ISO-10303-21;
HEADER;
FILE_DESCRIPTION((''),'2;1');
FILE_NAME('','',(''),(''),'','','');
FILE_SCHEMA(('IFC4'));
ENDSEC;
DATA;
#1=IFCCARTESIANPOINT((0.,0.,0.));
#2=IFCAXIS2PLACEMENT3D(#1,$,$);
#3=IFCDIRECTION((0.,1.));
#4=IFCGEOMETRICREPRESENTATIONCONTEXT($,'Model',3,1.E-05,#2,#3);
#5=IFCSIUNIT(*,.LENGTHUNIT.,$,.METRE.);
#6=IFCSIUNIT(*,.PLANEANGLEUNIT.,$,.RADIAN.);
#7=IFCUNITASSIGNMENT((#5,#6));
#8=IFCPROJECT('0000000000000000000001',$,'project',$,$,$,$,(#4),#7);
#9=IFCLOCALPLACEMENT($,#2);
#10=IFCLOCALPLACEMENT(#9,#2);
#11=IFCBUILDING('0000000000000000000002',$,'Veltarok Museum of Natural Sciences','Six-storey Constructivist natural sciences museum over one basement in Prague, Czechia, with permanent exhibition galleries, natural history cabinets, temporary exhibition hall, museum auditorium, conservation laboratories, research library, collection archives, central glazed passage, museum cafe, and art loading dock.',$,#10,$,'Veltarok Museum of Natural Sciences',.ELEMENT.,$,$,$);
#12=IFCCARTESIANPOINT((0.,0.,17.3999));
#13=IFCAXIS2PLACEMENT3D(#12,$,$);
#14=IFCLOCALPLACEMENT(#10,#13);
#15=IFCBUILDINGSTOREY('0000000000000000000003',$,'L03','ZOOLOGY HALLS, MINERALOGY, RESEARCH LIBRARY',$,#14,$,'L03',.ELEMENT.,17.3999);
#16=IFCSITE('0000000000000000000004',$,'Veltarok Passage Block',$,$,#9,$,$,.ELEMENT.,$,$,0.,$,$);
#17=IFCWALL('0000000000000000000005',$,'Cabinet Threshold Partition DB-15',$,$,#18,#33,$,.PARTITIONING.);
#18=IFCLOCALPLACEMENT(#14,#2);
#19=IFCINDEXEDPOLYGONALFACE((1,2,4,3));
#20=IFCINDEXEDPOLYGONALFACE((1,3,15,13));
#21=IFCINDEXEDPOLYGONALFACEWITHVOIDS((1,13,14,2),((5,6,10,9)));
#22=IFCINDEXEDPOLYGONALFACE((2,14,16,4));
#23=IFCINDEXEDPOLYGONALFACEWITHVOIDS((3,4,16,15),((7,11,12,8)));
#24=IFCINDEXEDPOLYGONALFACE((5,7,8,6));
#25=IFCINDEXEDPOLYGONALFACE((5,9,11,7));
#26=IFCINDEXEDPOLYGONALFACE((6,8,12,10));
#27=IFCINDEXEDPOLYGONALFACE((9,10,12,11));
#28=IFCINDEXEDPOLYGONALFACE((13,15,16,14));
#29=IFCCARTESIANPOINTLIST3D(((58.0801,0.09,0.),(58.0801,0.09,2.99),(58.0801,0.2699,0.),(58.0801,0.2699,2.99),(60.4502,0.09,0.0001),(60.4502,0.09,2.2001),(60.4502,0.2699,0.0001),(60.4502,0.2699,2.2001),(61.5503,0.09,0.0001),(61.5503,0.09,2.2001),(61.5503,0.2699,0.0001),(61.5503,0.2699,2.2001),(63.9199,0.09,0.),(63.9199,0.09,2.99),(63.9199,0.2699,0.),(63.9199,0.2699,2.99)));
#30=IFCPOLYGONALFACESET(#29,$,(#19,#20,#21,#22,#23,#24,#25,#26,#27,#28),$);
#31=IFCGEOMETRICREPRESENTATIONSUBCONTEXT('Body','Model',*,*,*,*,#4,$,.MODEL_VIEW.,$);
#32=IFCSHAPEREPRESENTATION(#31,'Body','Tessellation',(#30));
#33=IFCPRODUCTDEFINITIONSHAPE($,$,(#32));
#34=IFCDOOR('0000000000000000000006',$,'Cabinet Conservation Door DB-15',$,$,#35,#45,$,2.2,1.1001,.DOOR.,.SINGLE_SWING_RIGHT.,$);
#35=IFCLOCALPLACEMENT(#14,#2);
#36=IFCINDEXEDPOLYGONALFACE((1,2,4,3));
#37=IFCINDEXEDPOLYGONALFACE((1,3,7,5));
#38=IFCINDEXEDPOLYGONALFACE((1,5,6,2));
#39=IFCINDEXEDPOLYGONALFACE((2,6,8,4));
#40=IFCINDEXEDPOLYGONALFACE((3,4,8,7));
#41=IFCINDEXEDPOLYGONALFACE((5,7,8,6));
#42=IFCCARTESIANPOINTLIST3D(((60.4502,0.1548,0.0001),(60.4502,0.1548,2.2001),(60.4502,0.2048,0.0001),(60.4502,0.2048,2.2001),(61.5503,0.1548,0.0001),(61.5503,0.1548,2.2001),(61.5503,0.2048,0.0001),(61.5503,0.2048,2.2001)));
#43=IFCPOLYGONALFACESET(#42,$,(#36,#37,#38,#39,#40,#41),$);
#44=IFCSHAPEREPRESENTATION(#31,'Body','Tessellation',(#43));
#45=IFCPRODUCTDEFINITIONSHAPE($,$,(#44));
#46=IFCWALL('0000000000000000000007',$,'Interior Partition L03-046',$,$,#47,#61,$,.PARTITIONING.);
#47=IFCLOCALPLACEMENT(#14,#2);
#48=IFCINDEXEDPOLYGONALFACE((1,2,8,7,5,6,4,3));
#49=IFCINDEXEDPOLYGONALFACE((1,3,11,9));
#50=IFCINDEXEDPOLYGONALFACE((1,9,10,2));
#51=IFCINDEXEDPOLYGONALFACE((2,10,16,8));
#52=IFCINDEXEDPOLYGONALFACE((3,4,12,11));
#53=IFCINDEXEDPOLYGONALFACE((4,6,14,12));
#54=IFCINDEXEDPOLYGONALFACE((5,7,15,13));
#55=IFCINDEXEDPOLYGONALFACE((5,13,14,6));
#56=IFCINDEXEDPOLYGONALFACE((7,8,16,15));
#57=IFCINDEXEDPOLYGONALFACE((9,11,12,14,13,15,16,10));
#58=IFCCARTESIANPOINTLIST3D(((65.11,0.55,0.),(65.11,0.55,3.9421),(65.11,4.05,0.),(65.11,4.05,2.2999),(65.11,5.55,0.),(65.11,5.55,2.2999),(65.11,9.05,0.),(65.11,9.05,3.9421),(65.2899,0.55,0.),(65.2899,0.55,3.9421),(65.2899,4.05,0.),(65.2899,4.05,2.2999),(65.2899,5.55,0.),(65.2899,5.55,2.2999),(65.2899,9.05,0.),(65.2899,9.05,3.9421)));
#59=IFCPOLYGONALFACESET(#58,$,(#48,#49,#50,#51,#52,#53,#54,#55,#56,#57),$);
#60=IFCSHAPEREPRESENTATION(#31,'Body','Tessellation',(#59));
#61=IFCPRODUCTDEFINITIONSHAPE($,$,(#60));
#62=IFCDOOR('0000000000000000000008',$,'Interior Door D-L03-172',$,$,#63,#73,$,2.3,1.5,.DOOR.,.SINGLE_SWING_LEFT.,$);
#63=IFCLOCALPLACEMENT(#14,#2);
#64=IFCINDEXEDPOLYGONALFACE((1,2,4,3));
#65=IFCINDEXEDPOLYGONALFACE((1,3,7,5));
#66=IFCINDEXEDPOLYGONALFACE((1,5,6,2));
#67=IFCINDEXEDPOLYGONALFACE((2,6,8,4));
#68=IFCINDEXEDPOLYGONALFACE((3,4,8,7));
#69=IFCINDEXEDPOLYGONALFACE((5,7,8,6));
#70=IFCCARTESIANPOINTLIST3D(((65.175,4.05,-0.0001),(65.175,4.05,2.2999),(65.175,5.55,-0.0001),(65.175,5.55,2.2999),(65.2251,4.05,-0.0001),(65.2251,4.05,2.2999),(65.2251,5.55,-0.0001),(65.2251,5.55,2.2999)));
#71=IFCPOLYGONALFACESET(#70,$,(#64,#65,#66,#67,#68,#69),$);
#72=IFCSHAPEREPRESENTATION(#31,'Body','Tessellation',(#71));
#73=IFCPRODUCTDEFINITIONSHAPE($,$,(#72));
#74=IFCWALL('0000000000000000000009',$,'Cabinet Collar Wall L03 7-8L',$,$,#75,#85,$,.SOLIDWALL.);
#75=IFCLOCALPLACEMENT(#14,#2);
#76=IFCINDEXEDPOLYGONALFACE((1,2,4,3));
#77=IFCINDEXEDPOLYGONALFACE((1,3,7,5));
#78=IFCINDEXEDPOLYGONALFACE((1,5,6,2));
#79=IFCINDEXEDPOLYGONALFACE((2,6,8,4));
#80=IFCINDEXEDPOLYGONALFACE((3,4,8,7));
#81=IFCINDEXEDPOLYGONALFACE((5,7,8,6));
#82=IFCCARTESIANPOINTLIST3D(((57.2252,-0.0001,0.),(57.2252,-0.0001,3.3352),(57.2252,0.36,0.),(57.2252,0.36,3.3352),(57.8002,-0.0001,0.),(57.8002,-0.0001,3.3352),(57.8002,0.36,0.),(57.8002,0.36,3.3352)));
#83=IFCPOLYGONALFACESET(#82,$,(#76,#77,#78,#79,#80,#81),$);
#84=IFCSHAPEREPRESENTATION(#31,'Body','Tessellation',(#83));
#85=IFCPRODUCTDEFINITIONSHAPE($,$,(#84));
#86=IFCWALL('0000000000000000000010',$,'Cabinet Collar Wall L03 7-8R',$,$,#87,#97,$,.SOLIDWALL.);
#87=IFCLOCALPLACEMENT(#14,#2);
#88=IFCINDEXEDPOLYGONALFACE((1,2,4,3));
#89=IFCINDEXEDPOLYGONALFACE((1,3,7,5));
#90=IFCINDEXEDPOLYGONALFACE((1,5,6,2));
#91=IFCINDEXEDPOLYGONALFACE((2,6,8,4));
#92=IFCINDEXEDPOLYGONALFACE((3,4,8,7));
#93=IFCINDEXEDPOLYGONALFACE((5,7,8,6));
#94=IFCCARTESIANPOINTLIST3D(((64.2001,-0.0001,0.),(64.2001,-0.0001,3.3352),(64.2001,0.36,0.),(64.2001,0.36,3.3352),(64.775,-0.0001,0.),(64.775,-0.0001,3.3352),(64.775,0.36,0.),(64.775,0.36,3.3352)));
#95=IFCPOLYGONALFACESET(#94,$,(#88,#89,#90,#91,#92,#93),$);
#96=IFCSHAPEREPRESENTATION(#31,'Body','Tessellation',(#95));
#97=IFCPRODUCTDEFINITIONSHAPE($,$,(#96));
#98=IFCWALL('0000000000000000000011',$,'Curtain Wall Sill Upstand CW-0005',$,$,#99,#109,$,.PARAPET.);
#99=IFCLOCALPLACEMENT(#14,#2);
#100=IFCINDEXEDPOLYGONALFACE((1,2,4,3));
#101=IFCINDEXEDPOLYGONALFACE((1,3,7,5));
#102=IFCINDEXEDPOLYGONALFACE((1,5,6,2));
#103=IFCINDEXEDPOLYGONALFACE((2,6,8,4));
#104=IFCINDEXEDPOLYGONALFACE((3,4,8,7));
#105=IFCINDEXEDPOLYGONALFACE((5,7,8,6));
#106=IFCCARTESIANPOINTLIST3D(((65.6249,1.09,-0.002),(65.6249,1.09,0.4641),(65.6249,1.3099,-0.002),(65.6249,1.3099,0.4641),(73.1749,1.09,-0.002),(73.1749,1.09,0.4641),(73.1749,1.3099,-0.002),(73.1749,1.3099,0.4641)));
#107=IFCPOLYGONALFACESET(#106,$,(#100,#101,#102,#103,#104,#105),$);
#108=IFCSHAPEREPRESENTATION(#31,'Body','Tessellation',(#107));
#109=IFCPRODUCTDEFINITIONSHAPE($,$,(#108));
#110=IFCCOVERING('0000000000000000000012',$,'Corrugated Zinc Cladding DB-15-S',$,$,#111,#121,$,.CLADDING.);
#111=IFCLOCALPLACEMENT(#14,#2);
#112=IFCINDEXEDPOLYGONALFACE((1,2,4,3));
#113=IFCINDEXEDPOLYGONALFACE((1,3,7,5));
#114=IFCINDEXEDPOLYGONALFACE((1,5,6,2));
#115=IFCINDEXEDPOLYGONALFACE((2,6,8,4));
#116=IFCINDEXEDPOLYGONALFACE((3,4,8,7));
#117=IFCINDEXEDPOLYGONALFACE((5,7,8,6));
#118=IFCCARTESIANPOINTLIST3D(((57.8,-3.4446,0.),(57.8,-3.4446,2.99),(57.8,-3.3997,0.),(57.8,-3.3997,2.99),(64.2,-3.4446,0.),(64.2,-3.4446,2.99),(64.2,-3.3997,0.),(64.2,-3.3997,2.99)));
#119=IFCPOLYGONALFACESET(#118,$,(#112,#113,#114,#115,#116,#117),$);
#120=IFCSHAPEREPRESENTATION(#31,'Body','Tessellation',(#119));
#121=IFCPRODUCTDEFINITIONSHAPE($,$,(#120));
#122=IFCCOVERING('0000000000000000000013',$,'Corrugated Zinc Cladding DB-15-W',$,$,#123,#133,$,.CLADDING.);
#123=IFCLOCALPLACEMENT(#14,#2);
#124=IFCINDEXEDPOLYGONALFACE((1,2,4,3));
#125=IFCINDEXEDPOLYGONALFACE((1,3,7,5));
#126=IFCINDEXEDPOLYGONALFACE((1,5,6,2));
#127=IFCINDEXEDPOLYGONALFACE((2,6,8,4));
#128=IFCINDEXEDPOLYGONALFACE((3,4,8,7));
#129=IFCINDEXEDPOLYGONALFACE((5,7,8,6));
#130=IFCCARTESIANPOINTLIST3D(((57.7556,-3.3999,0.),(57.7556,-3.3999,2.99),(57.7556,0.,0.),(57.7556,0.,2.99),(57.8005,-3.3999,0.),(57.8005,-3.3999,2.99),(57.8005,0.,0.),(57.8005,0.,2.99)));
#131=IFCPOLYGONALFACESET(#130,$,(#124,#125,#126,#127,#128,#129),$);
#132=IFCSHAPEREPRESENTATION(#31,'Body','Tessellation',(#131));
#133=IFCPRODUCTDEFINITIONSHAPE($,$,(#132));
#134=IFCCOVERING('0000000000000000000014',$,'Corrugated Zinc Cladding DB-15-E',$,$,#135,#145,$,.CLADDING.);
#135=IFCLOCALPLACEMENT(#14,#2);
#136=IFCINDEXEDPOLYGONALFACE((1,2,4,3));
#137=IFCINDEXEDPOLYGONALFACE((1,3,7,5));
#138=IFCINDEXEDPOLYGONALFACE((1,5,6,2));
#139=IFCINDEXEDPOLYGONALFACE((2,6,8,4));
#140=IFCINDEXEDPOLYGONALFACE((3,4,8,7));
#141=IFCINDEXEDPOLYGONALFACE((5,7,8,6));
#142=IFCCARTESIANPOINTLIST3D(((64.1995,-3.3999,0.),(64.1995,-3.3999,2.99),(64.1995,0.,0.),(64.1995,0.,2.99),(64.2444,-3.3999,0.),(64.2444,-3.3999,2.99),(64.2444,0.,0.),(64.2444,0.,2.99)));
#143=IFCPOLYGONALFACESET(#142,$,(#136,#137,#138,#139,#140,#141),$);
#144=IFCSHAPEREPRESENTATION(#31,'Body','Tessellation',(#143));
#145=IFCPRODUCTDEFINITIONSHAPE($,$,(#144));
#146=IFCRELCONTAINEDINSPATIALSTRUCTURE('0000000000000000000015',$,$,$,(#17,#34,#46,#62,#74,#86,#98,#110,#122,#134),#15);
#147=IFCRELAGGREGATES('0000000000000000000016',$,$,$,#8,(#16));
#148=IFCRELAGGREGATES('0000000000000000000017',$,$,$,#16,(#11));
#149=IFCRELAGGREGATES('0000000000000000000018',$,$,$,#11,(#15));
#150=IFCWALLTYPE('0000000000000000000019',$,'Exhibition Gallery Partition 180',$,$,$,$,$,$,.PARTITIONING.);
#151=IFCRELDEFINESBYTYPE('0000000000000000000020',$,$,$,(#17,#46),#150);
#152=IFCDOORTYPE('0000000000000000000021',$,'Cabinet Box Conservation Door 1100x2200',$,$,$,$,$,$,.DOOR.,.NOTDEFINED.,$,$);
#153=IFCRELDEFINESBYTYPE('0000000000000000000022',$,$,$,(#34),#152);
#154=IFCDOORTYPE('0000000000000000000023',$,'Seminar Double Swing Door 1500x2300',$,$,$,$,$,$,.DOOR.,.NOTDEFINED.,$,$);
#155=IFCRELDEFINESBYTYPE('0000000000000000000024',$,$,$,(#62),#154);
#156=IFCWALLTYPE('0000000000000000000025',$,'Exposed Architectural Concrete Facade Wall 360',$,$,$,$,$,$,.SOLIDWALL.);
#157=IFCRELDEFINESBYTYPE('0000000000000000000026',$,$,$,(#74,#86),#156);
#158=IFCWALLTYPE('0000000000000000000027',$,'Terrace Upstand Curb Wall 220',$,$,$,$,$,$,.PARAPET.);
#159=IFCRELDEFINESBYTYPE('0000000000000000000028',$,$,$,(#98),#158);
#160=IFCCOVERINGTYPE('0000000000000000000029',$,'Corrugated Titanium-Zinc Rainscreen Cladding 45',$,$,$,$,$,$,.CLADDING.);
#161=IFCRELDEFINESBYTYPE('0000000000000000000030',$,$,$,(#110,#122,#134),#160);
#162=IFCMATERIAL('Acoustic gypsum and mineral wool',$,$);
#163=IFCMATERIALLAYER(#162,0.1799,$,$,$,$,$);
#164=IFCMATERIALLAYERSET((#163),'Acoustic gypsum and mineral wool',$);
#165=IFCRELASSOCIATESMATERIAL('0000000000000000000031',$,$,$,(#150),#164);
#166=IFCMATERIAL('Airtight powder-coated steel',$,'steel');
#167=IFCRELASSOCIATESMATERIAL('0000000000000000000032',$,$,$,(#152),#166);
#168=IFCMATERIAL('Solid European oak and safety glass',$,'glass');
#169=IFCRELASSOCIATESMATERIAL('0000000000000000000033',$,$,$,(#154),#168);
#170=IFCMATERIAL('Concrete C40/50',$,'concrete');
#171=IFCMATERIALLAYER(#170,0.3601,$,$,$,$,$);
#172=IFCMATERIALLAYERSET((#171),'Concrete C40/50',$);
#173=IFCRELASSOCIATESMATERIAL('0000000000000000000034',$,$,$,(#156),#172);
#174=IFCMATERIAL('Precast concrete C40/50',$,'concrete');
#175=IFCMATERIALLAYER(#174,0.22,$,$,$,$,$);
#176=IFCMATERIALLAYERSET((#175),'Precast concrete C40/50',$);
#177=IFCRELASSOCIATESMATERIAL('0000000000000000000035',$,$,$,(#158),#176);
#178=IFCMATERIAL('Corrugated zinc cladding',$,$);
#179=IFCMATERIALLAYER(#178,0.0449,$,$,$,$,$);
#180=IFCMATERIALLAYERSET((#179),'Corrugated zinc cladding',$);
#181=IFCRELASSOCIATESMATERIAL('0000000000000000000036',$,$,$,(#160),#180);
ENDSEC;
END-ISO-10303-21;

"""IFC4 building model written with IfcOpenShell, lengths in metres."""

from ifc_helpers import new_model, si_unit, direction, frame, frame_2d, origin, place, context, subcontext, project, spatial, rectangle, extrude, material, layer, layer_set, type_object, element, fill, save


model = new_model("IFC4")

# Units and contexts
model_context = context("Model", 3, precision=1e-05, world=origin(), true_north=direction((0.0, 1.0)))
body_context = subcontext(model_context, "Body", "Model", "MODEL_VIEW")
ifc_project = project(units=[si_unit("LENGTHUNIT", "METRE"), si_unit("PLANEANGLEUNIT", "RADIAN")], contexts=[model_context])

# Site, building, storey
site_placement = place(None, origin())
site = spatial("IfcSite", under=ifc_project, at=site_placement, Name="Veltarok Passage Block", CompositionType="ELEMENT", RefElevation=0.0)
building_placement = place(site_placement, origin())
building = spatial("IfcBuilding", under=site, at=building_placement, Name="Veltarok Museum of Natural Sciences", Description="Six-storey Constructivist natural sciences museum over one basement in Prague, Czechia, with permanent exhibition galleries, natural history cabinets, temporary exhibition hall, museum auditorium, conservation laboratories, research library, collection archives, central glazed passage, museum cafe, and art loading dock.", LongName="Veltarok Museum of Natural Sciences", CompositionType="ELEMENT")
storey_placement = place(building_placement, frame((0.0, 0.0, 17.3999)))
storey = spatial("IfcBuildingStorey", under=building, at=storey_placement, Name="L03", Description="ZOOLOGY HALLS, MINERALOGY, RESEARCH LIBRARY", LongName="L03", CompositionType="ELEMENT", Elevation=17.3999)

# Shared definitions
ifc_material_1 = material(Name="Concrete C40/50", Category="concrete")

# Shared definitions
ifc_material_2 = material(Name="Precast concrete C40/50", Category="concrete")

# Walls, openings, doors
ifc_material_3 = material(Name="Acoustic gypsum and mineral wool")
ifc_layer_1 = layer(ifc_material_3, 0.1799)
ifc_layer_set_1 = layer_set([ifc_layer_1], Name="Acoustic gypsum and mineral wool")
wall_type_1 = type_object("IfcWallType", Name="Exhibition Gallery Partition 180", PredefinedType="PARTITIONING", material=ifc_layer_set_1)
wall_1_placement = place(storey_placement, frame((58.0801, 0.1799, 0.0), z_axis=(0.0, 0.0, 1.0), x_axis=(1.0, 0.0, 0.0)))
wall_1 = element("IfcWall", 1, at=wall_1_placement, inside=storey, type_object=wall_type_1, Name="Cabinet Threshold Partition DB-15", PredefinedType="PARTITIONING", context=body_context, shape_type="SweptSolid", body=[
    extrude(rectangle(XDim=5.8398, YDim=0.1799, at=frame_2d((2.9199, 0.0))), origin(), (0.0, 0.0, 1.0), 2.99),
])
opening_1_placement = place(wall_1_placement, frame((2.3701, 0.0, 0.0)))
opening_1 = element("IfcOpeningElement", 2, at=opening_1_placement, cuts=wall_1, PredefinedType="OPENING", context=body_context, shape_type="SweptSolid", body=[
    extrude(rectangle(XDim=1.1001, YDim=2.2, at=frame_2d((0.55, 1.1001))), frame((0.0, 0.1001, 0.0), z_axis=(0.0, -1.0, 0.0), x_axis=(1.0, 0.0, 0.0)), (0.0, 0.0, 1.0), 0.2),
])
ifc_material_4 = material(Name="Airtight powder-coated steel", Category="steel")
door_type_1 = type_object("IfcDoorType", Name="Cabinet Box Conservation Door 1100x2200", OperationType="NOTDEFINED", PredefinedType="DOOR", material=ifc_material_4)
door_1_placement = place(opening_1_placement, origin())
door_1 = element("IfcDoor", 3, at=door_1_placement, inside=storey, type_object=door_type_1, Name="Cabinet Conservation Door DB-15", OperationType="SINGLE_SWING_RIGHT", OverallHeight=2.2, OverallWidth=1.1001, PredefinedType="DOOR", context=body_context, shape_type="SweptSolid", body=[
    extrude(rectangle(XDim=1.1001, YDim=2.2, at=frame_2d((0.55, 1.1001))), frame((0.0, 0.0249, 0.0), z_axis=(0.0, -1.0, 0.0), x_axis=(1.0, 0.0, 0.0)), (0.0, 0.0, 1.0), 0.05),
])
fill(opening_1, door_1)
wall_2_placement = place(storey_placement, frame((65.2, 0.55, 0.0), z_axis=(0.0, 0.0, 1.0), x_axis=(0.0, 1.0, 0.0)))
wall_2 = element("IfcWall", 4, at=wall_2_placement, inside=storey, type_object=wall_type_1, Name="Interior Partition L03-046", PredefinedType="PARTITIONING", context=body_context, shape_type="SweptSolid", body=[
    extrude(rectangle(XDim=8.5, YDim=0.1799, at=frame_2d((4.25, 0.0))), origin(), (0.0, 0.0, 1.0), 3.9421),
])
opening_2_placement = place(wall_2_placement, frame((3.5, 0.0, 0.0)))
opening_2 = element("IfcOpeningElement", 5, at=opening_2_placement, cuts=wall_2, PredefinedType="OPENING", context=body_context, shape_type="SweptSolid", body=[
    extrude(rectangle(XDim=1.5, YDim=2.3, at=frame_2d((0.75, 1.1499))), frame((0.0, 0.1001, 0.0), z_axis=(0.0, -1.0, 0.0), x_axis=(1.0, 0.0, 0.0)), (0.0, 0.0, 1.0), 0.2),
])
ifc_material_5 = material(Name="Solid European oak and safety glass", Category="glass")
door_type_2 = type_object("IfcDoorType", Name="Seminar Double Swing Door 1500x2300", OperationType="NOTDEFINED", PredefinedType="DOOR", material=ifc_material_5)
door_2_placement = place(opening_2_placement, origin())
door_2 = element("IfcDoor", 6, at=door_2_placement, inside=storey, type_object=door_type_2, Name="Interior Door D-L03-172", OperationType="SINGLE_SWING_LEFT", OverallHeight=2.3, OverallWidth=1.5, PredefinedType="DOOR", context=body_context, shape_type="SweptSolid", body=[
    extrude(rectangle(XDim=1.5, YDim=2.3, at=frame_2d((0.75, 1.1499))), frame((0.0, 0.0249, 0.0), z_axis=(0.0, -1.0, 0.0), x_axis=(1.0, 0.0, 0.0)), (0.0, 0.0, 1.0), 0.05),
])
fill(opening_2, door_2)

# Walls
ifc_layer_2 = layer(ifc_material_1, 0.3601)
ifc_layer_set_2 = layer_set([ifc_layer_2], Name="Concrete C40/50")
wall_type_2 = type_object("IfcWallType", Name="Exposed Architectural Concrete Facade Wall 360", PredefinedType="SOLIDWALL", material=ifc_layer_set_2)
for number, where, z_axis, x_axis, name in (
    (7, (57.2251, 0.1799, 0.0), (0.0, 0.0, 1.0), (1.0, 0.0, 0.0), "Cabinet Collar Wall L03 7-8L"),
    (8, (64.2, 0.1799, 0.0), (0.0, 0.0, 1.0), (1.0, 0.0, 0.0), "Cabinet Collar Wall L03 7-8R"),
):
    element("IfcWall", number, at=place(storey_placement, frame(where, z_axis=z_axis, x_axis=x_axis)), inside=storey, type_object=wall_type_2, Name=name, PredefinedType="SOLIDWALL", context=body_context, shape_type="SweptSolid", body=[
        extrude(rectangle(XDim=0.575, YDim=0.3601, at=frame_2d((0.2876, 0.0))), origin(), (0.0, 0.0, 1.0), 3.3352),
    ])
ifc_layer_3 = layer(ifc_material_2, 0.22)
ifc_layer_set_3 = layer_set([ifc_layer_3], Name="Precast concrete C40/50")
wall_type_3 = type_object("IfcWallType", Name="Terrace Upstand Curb Wall 220", PredefinedType="PARAPET", material=ifc_layer_set_3)
wall_3_placement = place(storey_placement, frame((65.625, 1.2, -0.002), z_axis=(0.0, 0.0, 1.0), x_axis=(1.0, 0.0, 0.0)))
element("IfcWall", 9, at=wall_3_placement, inside=storey, type_object=wall_type_3, Name="Curtain Wall Sill Upstand CW-0005", PredefinedType="PARAPET", context=body_context, shape_type="SweptSolid", body=[
    extrude(rectangle(XDim=7.55, YDim=0.22, at=frame_2d((3.7749, 0.0))), origin(), (0.0, 0.0, 1.0), 0.4661),
])

# Coverings
ifc_material_6 = material(Name="Corrugated zinc cladding")
ifc_layer_4 = layer(ifc_material_6, 0.0449)
ifc_layer_set_4 = layer_set([ifc_layer_4], Name="Corrugated zinc cladding")
covering_type = type_object("IfcCoveringType", Name="Corrugated Titanium-Zinc Rainscreen Cladding 45", PredefinedType="CLADDING", material=ifc_layer_set_4)
covering_placement = place(storey_placement, frame((57.8, -3.4221, 0.0), z_axis=(0.0, 0.0, 1.0), x_axis=(1.0, 0.0, 0.0)))
element("IfcCovering", 10, at=covering_placement, inside=storey, type_object=covering_type, Name="Corrugated Zinc Cladding DB-15-S", PredefinedType="CLADDING", context=body_context, shape_type="SweptSolid", body=[
    extrude(rectangle(XDim=6.3999, YDim=0.0449, at=frame_2d((3.2, 0.0))), origin(), (0.0, 0.0, 1.0), 2.99),
])
for number, where, z_axis, x_axis, name in (
    (11, (57.7781, 0.0, 0.0), (0.0, 0.0, 1.0), (0.0, -1.0, 0.0), "Corrugated Zinc Cladding DB-15-W"),
    (12, (64.2219, -3.3999, 0.0), (0.0, 0.0, 1.0), (0.0, 1.0, 0.0), "Corrugated Zinc Cladding DB-15-E"),
):
    element("IfcCovering", number, at=place(storey_placement, frame(where, z_axis=z_axis, x_axis=x_axis)), inside=storey, type_object=covering_type, Name=name, PredefinedType="CLADDING", context=body_context, shape_type="SweptSolid", body=[
        extrude(rectangle(XDim=3.3999, YDim=0.0449, at=frame_2d((1.7, 0.0))), origin(), (0.0, 0.0, 1.0), 2.99),
    ])

save(model, "model.ifc")
